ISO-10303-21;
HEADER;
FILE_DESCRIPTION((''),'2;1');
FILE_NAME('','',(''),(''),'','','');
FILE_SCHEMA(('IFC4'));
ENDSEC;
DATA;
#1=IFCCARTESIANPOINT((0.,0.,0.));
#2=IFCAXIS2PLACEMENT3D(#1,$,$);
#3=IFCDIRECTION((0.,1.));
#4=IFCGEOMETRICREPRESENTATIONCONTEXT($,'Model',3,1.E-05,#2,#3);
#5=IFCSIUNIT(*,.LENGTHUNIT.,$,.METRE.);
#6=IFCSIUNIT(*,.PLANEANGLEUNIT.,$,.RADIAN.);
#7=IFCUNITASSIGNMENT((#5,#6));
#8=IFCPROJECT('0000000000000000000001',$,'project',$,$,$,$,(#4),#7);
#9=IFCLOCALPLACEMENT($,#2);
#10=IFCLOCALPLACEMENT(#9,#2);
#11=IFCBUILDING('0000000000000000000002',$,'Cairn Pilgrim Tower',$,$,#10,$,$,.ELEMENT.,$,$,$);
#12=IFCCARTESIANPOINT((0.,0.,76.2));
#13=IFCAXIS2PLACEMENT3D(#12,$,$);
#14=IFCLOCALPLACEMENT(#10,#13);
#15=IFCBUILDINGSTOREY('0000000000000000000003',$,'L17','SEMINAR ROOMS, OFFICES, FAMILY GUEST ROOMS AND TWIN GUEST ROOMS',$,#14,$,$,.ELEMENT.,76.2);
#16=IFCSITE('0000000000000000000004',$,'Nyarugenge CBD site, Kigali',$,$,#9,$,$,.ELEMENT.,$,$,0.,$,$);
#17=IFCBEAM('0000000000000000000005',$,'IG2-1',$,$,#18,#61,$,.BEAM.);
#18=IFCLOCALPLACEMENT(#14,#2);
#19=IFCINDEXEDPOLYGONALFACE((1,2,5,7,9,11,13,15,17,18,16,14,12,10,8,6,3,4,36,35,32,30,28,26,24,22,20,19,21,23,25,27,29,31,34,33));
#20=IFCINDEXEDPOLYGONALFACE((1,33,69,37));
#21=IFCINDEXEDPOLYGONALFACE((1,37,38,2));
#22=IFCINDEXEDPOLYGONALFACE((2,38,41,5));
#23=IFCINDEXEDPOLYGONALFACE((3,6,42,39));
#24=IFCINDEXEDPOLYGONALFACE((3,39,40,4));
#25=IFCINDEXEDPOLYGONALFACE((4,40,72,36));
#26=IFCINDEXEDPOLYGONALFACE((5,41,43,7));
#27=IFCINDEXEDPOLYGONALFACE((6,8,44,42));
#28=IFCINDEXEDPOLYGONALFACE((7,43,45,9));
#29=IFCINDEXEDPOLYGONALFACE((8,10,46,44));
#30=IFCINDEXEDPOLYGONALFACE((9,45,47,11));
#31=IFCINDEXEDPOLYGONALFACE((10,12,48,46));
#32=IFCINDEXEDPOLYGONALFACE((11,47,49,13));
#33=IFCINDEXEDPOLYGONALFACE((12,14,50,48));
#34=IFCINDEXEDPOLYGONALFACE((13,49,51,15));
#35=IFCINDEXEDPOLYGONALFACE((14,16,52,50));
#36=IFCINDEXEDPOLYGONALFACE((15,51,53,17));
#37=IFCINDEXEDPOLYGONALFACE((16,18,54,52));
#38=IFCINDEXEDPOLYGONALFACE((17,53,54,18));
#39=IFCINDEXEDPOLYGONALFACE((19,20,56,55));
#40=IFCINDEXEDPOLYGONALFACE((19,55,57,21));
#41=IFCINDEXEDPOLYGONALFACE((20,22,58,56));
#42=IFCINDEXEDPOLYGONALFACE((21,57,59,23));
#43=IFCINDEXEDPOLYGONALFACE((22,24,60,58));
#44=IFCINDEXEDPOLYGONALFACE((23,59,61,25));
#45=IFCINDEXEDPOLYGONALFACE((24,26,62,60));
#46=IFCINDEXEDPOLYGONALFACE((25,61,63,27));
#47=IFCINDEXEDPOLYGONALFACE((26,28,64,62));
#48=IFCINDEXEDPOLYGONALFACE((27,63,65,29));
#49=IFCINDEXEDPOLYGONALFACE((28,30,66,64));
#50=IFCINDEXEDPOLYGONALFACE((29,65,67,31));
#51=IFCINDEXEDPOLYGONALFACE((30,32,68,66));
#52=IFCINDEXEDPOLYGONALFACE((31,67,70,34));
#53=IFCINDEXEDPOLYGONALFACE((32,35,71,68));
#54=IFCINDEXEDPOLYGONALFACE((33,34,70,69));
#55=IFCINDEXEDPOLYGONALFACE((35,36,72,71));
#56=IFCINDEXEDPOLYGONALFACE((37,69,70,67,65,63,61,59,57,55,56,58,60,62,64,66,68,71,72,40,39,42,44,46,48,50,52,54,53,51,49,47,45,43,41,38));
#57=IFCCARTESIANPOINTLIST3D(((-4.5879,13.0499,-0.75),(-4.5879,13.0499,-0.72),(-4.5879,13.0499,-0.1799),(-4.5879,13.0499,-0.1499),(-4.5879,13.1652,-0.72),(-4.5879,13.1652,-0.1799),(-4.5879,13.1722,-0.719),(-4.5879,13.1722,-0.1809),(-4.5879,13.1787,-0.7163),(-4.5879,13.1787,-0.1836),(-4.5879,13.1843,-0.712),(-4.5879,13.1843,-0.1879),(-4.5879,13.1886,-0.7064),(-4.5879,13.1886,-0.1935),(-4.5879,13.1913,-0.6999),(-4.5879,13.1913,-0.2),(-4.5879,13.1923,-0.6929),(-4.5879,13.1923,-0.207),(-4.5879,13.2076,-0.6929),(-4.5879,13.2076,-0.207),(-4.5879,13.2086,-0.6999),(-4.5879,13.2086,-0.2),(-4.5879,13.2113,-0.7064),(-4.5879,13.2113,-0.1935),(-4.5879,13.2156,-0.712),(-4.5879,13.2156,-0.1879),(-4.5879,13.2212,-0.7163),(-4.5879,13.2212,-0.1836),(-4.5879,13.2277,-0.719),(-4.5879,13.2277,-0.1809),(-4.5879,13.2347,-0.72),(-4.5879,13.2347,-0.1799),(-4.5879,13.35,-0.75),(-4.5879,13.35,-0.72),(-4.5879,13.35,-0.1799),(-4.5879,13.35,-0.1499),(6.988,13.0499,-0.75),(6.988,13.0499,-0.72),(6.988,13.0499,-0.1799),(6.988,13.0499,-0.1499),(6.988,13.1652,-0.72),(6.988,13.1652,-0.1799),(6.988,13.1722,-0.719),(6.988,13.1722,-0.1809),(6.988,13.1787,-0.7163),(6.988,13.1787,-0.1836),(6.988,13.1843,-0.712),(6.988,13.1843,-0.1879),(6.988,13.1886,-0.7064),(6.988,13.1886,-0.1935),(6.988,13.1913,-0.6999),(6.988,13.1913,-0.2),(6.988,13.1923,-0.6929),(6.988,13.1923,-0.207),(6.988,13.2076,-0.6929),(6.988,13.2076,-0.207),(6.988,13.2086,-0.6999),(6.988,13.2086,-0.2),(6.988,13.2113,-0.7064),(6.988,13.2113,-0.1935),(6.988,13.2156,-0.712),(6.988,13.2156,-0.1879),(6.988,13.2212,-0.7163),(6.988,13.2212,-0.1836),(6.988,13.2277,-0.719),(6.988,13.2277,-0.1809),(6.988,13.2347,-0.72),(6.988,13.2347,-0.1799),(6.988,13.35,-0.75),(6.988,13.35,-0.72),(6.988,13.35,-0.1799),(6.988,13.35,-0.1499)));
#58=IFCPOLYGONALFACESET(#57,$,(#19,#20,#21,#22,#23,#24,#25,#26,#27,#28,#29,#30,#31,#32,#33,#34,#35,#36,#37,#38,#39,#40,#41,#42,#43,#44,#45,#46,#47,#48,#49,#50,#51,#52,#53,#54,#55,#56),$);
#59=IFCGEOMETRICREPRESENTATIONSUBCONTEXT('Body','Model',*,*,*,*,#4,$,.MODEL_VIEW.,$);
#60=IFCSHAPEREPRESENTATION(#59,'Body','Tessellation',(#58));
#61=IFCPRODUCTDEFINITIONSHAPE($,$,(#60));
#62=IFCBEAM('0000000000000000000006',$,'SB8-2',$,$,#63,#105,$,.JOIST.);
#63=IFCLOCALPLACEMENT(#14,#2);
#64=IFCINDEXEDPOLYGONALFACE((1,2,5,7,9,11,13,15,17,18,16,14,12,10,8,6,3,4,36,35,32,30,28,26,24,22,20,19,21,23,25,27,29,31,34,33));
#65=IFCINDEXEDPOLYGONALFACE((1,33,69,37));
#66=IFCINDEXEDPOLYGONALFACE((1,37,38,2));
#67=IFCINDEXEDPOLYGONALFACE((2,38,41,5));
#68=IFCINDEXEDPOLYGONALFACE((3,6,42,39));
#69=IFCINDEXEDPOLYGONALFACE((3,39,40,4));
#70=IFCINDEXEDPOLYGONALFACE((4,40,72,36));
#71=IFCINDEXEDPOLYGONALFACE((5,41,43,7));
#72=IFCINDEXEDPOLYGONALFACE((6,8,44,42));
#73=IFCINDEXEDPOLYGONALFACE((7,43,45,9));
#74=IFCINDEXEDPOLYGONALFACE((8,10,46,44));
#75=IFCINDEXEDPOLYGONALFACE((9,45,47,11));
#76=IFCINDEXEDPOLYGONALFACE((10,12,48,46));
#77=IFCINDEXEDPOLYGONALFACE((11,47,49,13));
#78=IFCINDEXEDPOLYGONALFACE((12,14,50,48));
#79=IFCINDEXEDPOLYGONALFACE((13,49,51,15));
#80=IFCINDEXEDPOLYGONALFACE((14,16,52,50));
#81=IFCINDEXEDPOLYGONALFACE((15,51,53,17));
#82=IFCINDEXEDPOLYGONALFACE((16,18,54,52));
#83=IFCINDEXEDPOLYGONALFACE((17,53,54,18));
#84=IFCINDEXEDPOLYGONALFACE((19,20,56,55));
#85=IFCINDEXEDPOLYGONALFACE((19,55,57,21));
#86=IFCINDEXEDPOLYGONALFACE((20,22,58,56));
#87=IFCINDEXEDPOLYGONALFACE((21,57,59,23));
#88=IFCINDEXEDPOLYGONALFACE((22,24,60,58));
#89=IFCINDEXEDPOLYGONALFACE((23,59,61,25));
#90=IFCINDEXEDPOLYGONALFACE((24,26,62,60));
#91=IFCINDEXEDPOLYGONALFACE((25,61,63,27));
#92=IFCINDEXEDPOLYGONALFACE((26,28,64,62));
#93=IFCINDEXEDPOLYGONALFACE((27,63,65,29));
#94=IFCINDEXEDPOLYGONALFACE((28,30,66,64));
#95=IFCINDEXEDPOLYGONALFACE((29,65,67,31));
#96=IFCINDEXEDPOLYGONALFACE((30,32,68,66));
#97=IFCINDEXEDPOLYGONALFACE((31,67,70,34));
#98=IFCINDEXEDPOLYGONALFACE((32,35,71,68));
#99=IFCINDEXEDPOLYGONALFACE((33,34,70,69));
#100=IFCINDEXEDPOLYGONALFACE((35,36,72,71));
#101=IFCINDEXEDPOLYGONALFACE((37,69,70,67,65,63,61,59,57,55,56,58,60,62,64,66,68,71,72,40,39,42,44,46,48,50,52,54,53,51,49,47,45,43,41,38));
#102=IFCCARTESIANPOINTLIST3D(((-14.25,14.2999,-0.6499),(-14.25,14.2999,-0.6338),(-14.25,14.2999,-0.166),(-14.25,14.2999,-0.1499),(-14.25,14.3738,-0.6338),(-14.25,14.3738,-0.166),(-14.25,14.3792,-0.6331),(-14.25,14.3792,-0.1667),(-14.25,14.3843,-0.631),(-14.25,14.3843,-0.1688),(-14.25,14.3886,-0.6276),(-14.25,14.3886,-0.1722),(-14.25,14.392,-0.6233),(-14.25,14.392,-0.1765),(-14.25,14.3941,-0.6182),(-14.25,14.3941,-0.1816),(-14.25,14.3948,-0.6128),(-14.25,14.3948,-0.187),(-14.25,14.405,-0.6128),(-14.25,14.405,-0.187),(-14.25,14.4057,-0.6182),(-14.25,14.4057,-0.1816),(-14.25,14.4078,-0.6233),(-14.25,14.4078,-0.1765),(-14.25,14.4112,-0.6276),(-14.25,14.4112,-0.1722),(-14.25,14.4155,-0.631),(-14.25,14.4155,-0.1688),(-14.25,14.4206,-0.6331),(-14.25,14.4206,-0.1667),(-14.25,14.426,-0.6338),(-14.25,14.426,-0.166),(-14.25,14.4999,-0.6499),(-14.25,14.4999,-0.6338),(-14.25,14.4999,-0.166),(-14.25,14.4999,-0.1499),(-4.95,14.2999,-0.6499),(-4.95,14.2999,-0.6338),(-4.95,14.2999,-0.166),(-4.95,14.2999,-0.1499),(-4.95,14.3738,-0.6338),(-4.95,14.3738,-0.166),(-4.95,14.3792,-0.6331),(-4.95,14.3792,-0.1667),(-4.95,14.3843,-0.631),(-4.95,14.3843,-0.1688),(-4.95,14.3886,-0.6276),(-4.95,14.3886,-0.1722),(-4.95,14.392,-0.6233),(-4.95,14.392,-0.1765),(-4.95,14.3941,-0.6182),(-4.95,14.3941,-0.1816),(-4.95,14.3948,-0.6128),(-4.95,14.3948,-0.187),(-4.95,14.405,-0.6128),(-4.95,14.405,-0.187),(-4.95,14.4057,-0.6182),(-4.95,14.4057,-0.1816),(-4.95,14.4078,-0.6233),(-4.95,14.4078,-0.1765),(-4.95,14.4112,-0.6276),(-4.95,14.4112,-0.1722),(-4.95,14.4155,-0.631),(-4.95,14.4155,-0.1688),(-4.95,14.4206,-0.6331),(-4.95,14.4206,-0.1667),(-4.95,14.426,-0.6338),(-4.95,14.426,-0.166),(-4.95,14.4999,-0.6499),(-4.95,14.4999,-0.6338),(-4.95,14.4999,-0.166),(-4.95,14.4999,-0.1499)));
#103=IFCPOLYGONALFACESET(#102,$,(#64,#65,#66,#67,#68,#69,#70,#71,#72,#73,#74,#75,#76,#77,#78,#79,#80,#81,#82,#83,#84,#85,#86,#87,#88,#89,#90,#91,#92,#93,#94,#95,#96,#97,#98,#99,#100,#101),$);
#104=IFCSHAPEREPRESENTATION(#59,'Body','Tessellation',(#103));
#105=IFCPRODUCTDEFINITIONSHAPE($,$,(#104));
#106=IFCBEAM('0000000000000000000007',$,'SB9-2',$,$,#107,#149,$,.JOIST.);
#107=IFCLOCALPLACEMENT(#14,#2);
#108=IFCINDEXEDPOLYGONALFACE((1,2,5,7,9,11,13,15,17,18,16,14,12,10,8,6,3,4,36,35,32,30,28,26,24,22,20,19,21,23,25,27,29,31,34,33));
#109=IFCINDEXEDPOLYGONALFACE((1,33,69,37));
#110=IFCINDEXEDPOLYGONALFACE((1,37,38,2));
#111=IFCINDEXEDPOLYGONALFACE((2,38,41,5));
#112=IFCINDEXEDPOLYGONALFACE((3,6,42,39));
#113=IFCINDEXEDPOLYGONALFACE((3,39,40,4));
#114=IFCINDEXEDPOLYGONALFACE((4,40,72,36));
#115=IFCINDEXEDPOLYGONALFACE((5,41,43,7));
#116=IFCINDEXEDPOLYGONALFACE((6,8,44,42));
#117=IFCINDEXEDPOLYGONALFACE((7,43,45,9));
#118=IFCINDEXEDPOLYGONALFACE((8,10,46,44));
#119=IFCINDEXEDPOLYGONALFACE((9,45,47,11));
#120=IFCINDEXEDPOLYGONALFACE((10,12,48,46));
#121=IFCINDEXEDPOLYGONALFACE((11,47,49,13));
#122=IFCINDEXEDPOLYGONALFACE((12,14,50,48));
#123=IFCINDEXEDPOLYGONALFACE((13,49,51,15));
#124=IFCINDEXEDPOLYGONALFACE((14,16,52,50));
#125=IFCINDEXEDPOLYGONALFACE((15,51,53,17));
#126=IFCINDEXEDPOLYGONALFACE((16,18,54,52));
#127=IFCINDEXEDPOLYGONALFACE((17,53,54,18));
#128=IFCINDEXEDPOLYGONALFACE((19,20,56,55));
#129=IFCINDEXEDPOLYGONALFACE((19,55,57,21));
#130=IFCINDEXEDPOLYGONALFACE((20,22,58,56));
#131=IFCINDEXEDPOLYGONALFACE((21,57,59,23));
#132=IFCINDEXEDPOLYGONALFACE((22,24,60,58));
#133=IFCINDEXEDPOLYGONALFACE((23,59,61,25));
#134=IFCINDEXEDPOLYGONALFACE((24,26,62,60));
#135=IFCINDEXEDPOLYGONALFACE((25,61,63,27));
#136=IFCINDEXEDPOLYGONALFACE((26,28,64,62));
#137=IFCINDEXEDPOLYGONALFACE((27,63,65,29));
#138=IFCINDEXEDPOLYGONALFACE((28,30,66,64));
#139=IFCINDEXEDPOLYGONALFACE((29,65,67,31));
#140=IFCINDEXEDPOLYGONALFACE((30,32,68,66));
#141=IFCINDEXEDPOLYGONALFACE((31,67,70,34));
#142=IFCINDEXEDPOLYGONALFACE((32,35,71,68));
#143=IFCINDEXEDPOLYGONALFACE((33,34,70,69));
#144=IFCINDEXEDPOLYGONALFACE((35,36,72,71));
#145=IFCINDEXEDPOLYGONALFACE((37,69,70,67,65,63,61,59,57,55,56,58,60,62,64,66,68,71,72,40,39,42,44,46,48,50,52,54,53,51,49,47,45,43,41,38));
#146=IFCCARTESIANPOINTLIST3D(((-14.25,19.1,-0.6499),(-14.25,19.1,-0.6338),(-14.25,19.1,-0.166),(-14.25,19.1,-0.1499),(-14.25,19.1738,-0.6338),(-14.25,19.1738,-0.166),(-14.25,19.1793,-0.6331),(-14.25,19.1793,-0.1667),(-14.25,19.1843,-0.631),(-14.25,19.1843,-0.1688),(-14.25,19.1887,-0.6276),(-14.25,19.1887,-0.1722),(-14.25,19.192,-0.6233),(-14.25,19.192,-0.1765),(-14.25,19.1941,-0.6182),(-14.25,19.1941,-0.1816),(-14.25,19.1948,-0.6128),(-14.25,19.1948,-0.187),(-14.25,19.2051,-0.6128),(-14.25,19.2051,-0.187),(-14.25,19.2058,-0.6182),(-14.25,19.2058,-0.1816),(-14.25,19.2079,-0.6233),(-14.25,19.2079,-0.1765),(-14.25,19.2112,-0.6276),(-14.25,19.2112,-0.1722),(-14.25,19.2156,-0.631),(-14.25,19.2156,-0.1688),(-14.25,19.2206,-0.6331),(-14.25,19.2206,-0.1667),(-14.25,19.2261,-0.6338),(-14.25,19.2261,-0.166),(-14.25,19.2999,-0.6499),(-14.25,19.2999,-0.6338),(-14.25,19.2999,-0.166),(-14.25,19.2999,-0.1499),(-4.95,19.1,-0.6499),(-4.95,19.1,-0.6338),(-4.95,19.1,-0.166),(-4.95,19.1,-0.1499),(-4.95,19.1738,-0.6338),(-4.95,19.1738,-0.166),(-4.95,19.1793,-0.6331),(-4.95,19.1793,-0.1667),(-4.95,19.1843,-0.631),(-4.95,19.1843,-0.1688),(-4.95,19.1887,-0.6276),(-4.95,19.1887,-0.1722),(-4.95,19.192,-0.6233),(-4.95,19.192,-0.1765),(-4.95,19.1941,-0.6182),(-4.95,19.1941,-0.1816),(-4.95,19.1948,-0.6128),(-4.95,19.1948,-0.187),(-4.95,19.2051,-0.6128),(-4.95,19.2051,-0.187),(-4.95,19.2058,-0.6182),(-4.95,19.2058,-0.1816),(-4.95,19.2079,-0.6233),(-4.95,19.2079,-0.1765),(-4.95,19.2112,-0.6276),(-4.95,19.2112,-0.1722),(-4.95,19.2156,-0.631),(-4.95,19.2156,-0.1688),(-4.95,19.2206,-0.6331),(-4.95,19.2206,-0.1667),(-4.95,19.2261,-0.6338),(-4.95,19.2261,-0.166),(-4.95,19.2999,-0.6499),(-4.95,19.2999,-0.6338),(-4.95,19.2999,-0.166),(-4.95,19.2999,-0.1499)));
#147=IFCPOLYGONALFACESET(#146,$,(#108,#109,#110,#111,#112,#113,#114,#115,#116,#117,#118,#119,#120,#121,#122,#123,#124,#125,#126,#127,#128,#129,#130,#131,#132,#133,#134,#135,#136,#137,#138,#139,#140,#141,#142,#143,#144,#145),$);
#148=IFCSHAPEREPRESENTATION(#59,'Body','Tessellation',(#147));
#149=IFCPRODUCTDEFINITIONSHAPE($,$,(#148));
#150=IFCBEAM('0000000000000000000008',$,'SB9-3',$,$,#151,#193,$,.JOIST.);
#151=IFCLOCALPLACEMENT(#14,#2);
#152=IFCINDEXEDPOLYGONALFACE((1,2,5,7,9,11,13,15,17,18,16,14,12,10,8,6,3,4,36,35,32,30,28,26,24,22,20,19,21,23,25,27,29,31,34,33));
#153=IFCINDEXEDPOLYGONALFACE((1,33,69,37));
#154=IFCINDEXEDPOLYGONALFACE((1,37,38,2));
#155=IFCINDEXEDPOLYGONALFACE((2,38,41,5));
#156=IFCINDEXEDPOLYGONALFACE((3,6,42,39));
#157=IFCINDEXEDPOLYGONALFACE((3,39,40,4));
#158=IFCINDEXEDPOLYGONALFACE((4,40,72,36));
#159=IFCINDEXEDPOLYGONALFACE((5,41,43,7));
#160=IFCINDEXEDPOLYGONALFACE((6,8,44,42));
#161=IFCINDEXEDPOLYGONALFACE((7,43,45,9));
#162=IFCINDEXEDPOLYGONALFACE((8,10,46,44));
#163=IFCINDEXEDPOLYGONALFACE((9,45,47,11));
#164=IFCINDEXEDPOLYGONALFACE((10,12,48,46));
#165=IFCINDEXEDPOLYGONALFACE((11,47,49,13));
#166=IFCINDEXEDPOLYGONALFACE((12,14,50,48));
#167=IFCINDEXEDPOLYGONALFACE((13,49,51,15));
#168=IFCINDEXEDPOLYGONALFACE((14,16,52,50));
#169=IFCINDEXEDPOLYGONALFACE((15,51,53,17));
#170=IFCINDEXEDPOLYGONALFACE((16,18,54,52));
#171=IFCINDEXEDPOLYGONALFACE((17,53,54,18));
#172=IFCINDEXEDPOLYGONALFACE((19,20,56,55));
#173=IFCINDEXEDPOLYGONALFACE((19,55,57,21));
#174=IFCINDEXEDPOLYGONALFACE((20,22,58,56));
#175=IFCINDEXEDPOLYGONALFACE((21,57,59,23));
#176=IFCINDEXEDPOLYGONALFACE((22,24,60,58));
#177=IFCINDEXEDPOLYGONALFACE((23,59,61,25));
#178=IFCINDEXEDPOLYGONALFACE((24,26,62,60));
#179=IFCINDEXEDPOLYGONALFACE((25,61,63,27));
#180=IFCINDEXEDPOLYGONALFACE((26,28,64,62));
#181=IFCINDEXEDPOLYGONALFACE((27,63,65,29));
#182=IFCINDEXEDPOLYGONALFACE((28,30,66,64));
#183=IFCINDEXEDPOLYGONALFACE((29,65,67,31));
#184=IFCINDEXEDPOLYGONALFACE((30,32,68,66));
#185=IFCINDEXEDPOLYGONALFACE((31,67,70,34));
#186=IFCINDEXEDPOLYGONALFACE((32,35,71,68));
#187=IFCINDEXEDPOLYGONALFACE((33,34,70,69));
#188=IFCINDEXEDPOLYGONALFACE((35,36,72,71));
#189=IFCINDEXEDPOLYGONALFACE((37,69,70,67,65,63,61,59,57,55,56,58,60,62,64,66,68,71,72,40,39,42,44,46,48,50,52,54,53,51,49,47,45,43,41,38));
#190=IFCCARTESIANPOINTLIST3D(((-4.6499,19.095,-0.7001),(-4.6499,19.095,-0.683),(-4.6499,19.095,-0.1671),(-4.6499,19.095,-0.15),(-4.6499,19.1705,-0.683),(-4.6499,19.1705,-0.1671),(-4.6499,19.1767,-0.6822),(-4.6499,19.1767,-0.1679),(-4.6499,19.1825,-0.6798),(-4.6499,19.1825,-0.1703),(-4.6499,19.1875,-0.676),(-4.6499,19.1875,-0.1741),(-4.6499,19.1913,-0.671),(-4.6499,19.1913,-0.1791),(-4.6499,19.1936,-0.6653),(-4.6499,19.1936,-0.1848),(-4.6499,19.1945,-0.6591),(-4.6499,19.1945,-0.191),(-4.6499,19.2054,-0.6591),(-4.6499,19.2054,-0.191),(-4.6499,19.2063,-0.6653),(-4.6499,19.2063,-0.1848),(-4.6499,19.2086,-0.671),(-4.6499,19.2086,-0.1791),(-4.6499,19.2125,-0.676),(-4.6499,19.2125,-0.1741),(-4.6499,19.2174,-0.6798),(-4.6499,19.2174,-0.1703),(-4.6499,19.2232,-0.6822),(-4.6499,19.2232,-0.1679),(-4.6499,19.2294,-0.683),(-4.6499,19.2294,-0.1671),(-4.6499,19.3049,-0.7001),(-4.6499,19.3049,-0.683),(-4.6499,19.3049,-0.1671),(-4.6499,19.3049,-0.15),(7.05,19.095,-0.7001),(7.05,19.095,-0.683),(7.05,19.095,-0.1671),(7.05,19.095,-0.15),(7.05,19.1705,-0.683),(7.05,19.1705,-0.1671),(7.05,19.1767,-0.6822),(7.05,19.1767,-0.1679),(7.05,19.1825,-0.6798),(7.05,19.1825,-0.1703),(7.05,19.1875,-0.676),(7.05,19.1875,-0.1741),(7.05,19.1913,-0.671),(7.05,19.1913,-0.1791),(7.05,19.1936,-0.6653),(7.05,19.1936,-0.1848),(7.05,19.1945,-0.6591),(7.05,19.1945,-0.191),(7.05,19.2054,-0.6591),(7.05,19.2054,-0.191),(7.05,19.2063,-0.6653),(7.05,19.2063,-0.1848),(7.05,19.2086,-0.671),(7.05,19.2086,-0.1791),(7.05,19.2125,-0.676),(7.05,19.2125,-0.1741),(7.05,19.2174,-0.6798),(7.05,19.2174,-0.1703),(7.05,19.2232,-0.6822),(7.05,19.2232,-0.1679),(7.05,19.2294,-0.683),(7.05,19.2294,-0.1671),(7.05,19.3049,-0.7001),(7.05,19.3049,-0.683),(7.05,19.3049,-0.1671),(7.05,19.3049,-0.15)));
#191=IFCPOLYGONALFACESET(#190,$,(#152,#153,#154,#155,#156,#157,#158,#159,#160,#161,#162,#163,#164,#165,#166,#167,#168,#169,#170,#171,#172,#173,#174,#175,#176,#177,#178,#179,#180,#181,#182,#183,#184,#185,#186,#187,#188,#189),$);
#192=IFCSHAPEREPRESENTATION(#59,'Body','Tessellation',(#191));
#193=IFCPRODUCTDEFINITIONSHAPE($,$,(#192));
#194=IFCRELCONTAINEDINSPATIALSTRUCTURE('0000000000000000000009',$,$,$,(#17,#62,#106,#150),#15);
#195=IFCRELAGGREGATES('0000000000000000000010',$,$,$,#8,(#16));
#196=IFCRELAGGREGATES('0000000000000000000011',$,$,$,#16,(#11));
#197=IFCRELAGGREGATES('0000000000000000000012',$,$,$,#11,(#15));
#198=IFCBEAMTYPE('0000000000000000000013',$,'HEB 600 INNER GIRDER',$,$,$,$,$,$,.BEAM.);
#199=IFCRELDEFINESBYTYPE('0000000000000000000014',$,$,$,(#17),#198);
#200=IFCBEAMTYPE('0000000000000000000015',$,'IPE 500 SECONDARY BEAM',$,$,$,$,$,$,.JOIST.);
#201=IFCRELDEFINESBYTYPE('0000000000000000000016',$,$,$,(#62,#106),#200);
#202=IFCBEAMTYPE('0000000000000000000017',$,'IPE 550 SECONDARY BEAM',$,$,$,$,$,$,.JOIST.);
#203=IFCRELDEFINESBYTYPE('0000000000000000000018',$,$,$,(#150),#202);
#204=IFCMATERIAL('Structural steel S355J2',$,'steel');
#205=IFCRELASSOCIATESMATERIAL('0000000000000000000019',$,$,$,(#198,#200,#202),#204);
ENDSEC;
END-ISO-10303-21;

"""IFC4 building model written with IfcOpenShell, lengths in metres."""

from ifc_helpers import new_model, si_unit, direction, frame, origin, origin_2d, place, context, subcontext, project, spatial, i_section, extrude, material, material_profile, profile_set, type_object, element, save


model = new_model("IFC4")

# Units and contexts
model_context = context("Model", 3, precision=1e-05, world=origin(), true_north=direction((0.0, 1.0)))
body_context = subcontext(model_context, "Body", "Model", "MODEL_VIEW")
ifc_project = project(units=[si_unit("LENGTHUNIT", "METRE"), si_unit("PLANEANGLEUNIT", "RADIAN")], contexts=[model_context])

# Site, building, storey
site_placement = place(None, origin())
site = spatial("IfcSite", under=ifc_project, at=site_placement, Name="Nyarugenge CBD site, Kigali", CompositionType="ELEMENT", RefElevation=0.0)
building_placement = place(site_placement, origin())
building = spatial("IfcBuilding", under=site, at=building_placement, Name="Cairn Pilgrim Tower", CompositionType="ELEMENT")
storey_placement = place(building_placement, frame((0.0, 0.0, 76.2)))
storey = spatial("IfcBuildingStorey", under=building, at=storey_placement, Name="L17", Description="SEMINAR ROOMS, OFFICES, FAMILY GUEST ROOMS AND TWIN GUEST ROOMS", CompositionType="ELEMENT", Elevation=76.2)

# Beams
ifc_material_1 = material(Name="Structural steel S355J2", Category="steel")
ifc_material_profile_1 = material_profile(ifc_material_1, i_section(OverallWidth=0.3, OverallDepth=0.6001, WebThickness=0.0154, FlangeThickness=0.03, FilletRadius=0.0271, at=origin_2d()), Name="HEB 600")
ifc_profile_set_1 = profile_set([ifc_material_profile_1], Name="Structural steel S355J2")
beam_type_1 = type_object("IfcBeamType", Name="HEB 600 INNER GIRDER", PredefinedType="BEAM", material=ifc_profile_set_1)
beam_1_placement = place(storey_placement, frame((-4.5879, 13.2, -0.45), z_axis=(1.0, 0.0, 0.0), x_axis=(0.0, 1.0, 0.0)))
element("IfcBeam", 1, at=beam_1_placement, inside=storey, type_object=beam_type_1, Name="IG2-1", PredefinedType="BEAM", context=body_context, shape_type="SweptSolid", body=[
    extrude(i_section(OverallWidth=0.3, OverallDepth=0.6001, WebThickness=0.0154, FlangeThickness=0.03, FilletRadius=0.0271, at=origin_2d()), origin(), (0.0, 0.0, 1.0), 11.5759),
])
ifc_material_profile_2 = material_profile(ifc_material_1, i_section(OverallWidth=0.2, OverallDepth=0.5, WebThickness=0.0103, FlangeThickness=0.0161, FilletRadius=0.021, at=origin_2d()), Name="IPE 500")
ifc_profile_set_2 = profile_set([ifc_material_profile_2], Name="Structural steel S355J2")
beam_type_2 = type_object("IfcBeamType", Name="IPE 500 SECONDARY BEAM", PredefinedType="JOIST", material=ifc_profile_set_2)
for number, where, z_axis, x_axis, name in (
    (2, (-14.25, 14.3999, -0.3999), (1.0, 0.0, 0.0), (0.0, 1.0, 0.0), "SB8-2"),
    (3, (-14.25, 19.2, -0.3999), (1.0, 0.0, 0.0), (0.0, 1.0, 0.0), "SB9-2"),
):
    element("IfcBeam", number, at=place(storey_placement, frame(where, z_axis=z_axis, x_axis=x_axis)), inside=storey, type_object=beam_type_2, Name=name, PredefinedType="JOIST", context=body_context, shape_type="SweptSolid", body=[
        extrude(i_section(OverallWidth=0.2, OverallDepth=0.5, WebThickness=0.0103, FlangeThickness=0.0161, FilletRadius=0.021, at=origin_2d()), origin(), (0.0, 0.0, 1.0), 9.3),
    ])
ifc_material_profile_3 = material_profile(ifc_material_1, i_section(OverallWidth=0.21, OverallDepth=0.55, WebThickness=0.011, FlangeThickness=0.0171, FilletRadius=0.0239, at=origin_2d()), Name="IPE 550")
ifc_profile_set_3 = profile_set([ifc_material_profile_3], Name="Structural steel S355J2")
beam_type_3 = type_object("IfcBeamType", Name="IPE 550 SECONDARY BEAM", PredefinedType="JOIST", material=ifc_profile_set_3)
beam_2_placement = place(storey_placement, frame((-4.6499, 19.2, -0.425), z_axis=(1.0, 0.0, 0.0), x_axis=(0.0, 1.0, 0.0)))
element("IfcBeam", 4, at=beam_2_placement, inside=storey, type_object=beam_type_3, Name="SB9-3", PredefinedType="JOIST", context=body_context, shape_type="SweptSolid", body=[
    extrude(i_section(OverallWidth=0.21, OverallDepth=0.55, WebThickness=0.011, FlangeThickness=0.0171, FilletRadius=0.0239, at=origin_2d()), origin(), (0.0, 0.0, 1.0), 11.7),
])

save(model, "model.ifc")
